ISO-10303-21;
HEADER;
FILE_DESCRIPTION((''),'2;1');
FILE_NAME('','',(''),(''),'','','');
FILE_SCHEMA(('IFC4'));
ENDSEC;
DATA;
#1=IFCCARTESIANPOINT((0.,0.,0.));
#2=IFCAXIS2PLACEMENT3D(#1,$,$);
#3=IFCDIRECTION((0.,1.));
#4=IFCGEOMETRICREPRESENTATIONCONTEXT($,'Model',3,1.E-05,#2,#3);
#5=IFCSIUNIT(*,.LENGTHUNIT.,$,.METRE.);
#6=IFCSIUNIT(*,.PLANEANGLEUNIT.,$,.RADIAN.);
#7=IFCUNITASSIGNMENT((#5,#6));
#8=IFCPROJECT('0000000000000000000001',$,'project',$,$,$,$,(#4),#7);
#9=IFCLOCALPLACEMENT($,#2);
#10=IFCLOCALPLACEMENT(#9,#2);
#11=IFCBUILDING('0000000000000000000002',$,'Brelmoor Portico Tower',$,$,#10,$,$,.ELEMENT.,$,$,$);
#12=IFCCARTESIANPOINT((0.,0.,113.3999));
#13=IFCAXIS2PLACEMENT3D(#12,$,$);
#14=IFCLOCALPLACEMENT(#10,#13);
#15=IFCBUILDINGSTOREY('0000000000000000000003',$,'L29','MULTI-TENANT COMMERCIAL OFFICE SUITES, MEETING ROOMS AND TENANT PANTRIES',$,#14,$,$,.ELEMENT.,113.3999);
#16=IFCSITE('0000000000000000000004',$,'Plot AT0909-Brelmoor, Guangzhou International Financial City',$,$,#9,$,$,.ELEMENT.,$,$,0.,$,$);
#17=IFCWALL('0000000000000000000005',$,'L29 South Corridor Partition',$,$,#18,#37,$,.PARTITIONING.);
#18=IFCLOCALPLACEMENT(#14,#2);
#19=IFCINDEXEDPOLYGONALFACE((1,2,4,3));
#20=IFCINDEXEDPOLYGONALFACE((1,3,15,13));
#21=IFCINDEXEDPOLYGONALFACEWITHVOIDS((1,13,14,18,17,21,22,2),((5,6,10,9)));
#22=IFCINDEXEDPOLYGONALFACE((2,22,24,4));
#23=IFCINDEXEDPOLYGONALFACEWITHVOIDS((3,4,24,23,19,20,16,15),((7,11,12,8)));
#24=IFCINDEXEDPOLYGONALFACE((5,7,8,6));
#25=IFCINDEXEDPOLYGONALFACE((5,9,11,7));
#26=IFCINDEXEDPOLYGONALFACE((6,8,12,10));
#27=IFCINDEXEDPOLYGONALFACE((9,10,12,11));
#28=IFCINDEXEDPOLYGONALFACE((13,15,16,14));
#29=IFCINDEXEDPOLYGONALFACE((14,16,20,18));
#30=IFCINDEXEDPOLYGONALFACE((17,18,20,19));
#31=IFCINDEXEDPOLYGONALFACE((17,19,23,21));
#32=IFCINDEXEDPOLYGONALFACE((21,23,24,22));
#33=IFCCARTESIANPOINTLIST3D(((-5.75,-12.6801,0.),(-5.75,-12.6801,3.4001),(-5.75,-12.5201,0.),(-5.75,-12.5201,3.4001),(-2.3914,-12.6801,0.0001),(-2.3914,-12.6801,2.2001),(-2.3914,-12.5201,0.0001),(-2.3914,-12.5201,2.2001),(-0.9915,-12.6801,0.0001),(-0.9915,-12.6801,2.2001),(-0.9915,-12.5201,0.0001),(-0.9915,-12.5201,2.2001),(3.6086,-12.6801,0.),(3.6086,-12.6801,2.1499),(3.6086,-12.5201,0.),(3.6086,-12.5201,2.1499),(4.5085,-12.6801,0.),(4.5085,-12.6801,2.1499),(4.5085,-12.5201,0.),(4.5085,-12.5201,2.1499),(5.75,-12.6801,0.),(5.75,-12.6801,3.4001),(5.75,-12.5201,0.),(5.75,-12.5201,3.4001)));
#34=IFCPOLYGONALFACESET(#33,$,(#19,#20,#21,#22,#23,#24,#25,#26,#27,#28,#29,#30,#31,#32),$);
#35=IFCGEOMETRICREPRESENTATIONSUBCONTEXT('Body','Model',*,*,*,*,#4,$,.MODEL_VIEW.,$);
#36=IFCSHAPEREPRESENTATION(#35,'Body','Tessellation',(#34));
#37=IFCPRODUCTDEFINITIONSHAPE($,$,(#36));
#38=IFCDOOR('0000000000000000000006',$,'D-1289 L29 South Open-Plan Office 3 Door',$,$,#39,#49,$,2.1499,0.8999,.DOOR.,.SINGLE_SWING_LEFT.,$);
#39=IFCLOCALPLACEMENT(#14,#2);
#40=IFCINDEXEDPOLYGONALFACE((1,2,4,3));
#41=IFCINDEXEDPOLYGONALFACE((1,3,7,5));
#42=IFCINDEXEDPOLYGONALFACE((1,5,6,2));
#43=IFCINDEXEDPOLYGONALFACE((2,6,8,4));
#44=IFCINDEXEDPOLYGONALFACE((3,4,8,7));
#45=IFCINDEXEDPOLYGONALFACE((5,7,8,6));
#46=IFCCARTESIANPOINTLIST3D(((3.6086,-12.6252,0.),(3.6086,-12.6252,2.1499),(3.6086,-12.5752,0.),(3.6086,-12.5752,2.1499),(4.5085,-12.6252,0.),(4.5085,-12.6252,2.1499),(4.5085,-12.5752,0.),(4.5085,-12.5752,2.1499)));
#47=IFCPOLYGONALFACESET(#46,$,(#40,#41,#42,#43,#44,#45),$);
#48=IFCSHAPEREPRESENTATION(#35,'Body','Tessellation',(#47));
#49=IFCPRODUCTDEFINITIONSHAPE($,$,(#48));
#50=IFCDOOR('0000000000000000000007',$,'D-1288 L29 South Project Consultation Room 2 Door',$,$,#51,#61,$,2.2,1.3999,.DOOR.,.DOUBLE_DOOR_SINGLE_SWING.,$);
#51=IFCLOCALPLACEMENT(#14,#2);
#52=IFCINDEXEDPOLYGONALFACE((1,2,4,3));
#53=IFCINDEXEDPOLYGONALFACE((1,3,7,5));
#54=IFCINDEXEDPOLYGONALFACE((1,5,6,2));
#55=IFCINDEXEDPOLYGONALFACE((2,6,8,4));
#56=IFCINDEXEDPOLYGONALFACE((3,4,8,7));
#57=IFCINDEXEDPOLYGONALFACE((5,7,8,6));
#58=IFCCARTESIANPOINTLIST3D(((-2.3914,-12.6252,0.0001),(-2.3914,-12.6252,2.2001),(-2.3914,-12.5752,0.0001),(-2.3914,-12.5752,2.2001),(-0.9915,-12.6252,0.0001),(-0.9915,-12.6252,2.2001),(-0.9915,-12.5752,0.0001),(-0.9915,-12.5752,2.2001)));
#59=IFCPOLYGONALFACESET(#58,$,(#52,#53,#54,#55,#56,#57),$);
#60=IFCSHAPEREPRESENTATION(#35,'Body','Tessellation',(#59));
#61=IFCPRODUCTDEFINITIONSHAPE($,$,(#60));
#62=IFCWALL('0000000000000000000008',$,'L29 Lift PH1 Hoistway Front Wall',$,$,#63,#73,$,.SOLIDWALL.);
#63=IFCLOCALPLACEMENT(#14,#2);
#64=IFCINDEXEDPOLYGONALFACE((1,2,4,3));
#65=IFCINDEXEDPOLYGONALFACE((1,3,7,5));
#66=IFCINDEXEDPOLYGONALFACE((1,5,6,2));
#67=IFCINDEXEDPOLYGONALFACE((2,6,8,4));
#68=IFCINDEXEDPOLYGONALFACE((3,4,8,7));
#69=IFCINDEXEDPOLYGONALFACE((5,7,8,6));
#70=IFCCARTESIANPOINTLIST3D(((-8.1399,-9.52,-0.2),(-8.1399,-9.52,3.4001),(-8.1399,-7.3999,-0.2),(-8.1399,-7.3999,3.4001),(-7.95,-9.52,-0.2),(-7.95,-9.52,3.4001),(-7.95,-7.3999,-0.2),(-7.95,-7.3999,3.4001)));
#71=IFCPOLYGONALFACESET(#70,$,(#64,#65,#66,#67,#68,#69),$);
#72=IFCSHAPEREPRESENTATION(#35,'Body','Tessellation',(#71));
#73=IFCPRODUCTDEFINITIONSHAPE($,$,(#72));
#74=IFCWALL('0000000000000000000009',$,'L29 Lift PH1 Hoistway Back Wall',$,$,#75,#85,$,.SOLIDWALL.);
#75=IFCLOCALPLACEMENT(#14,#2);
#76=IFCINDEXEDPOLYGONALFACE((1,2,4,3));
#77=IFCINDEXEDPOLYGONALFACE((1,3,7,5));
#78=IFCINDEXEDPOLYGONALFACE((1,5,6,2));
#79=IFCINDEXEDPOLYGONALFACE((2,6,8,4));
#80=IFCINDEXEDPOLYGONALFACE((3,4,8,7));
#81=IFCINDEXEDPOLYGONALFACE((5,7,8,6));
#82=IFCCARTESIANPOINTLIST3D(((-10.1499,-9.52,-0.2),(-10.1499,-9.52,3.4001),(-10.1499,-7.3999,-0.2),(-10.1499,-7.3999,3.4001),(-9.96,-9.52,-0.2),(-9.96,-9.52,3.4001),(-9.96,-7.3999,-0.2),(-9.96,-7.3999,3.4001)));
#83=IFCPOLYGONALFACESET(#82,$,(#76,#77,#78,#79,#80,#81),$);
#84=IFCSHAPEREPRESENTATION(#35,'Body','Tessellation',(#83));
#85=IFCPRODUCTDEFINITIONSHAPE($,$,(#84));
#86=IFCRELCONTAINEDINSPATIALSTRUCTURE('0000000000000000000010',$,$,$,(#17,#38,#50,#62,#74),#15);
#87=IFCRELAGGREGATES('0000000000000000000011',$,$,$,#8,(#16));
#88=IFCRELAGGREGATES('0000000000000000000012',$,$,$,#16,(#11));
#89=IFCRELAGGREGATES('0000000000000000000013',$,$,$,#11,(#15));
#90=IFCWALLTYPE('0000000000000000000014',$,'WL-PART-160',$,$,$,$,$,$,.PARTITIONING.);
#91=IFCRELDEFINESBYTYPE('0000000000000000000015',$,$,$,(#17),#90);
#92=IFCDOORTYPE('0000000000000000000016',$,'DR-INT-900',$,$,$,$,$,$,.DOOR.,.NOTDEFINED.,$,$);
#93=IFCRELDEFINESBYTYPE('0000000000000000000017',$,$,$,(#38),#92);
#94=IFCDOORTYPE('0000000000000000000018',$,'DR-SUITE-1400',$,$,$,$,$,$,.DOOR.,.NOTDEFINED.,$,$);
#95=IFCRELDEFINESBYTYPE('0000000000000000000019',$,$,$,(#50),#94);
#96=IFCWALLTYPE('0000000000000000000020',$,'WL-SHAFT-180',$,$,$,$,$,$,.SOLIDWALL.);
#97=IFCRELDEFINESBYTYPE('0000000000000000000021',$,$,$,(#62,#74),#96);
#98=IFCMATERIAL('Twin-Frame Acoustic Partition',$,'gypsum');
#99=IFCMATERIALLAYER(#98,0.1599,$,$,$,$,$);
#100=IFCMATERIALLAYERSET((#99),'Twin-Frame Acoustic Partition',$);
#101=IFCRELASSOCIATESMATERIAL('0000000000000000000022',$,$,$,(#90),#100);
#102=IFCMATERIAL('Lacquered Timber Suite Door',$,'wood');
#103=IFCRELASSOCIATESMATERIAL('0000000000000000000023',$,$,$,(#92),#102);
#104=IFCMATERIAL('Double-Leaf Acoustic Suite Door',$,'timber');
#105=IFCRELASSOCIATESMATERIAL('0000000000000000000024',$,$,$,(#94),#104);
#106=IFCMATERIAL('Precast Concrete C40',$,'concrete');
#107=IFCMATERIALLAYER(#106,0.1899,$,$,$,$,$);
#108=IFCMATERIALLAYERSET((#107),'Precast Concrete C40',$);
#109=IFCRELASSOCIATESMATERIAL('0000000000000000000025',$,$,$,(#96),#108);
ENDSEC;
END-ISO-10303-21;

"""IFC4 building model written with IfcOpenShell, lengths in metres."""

from ifc_helpers import new_model, si_unit, direction, frame, frame_2d, origin, place, context, subcontext, project, spatial, rectangle, extrude, material, layer, layer_set, type_object, element, fill, save


model = new_model("IFC4")

# Units and contexts
model_context = context("Model", 3, precision=1e-05, world=origin(), true_north=direction((0.0, 1.0)))
body_context = subcontext(model_context, "Body", "Model", "MODEL_VIEW")
ifc_project = project(units=[si_unit("LENGTHUNIT", "METRE"), si_unit("PLANEANGLEUNIT", "RADIAN")], contexts=[model_context])

# Site, building, storey
site_placement = place(None, origin())
site = spatial("IfcSite", under=ifc_project, at=site_placement, Name="Plot AT0909-Brelmoor, Guangzhou International Financial City", CompositionType="ELEMENT", RefElevation=0.0)
building_placement = place(site_placement, origin())
building = spatial("IfcBuilding", under=site, at=building_placement, Name="Brelmoor Portico Tower", CompositionType="ELEMENT")
storey_placement = place(building_placement, frame((0.0, 0.0, 113.3999)))
storey = spatial("IfcBuildingStorey", under=building, at=storey_placement, Name="L29", Description="MULTI-TENANT COMMERCIAL OFFICE SUITES, MEETING ROOMS AND TENANT PANTRIES", CompositionType="ELEMENT", Elevation=113.3999)

# Shared definitions
ifc_material_1 = material(Name="Lacquered Timber Suite Door", Category="wood")

# Wall, openings, doors
ifc_material_2 = material(Name="Twin-Frame Acoustic Partition", Category="gypsum")
ifc_layer_1 = layer(ifc_material_2, 0.1599)
ifc_layer_set_1 = layer_set([ifc_layer_1], Name="Twin-Frame Acoustic Partition")
wall_type_1 = type_object("IfcWallType", Name="WL-PART-160", PredefinedType="PARTITIONING", material=ifc_layer_set_1)
wall_1_placement = place(storey_placement, frame((-5.75, -12.6001, 0.0), z_axis=(0.0, 0.0, 1.0), x_axis=(1.0, 0.0, 0.0)))
wall_1 = element("IfcWall", 1, at=wall_1_placement, inside=storey, type_object=wall_type_1, Name="L29 South Corridor Partition", PredefinedType="PARTITIONING", context=body_context, shape_type="SweptSolid", body=[
    extrude(rectangle(XDim=11.5, YDim=0.1599, at=frame_2d((5.75, 0.0))), origin(), (0.0, 0.0, 1.0), 3.4001),
])
opening_1_placement = place(wall_1_placement, frame((3.3586, 0.0, 0.0)))
opening_1 = element("IfcOpeningElement", 2, at=opening_1_placement, cuts=wall_1, PredefinedType="OPENING", context=body_context, shape_type="SweptSolid", body=[
    extrude(rectangle(XDim=1.3999, YDim=2.2, at=frame_2d((0.7, 1.1001))), frame((0.0, 0.0898, 0.0), z_axis=(0.0, -1.0, 0.0), x_axis=(1.0, 0.0, 0.0)), (0.0, 0.0, 1.0), 0.1799),
])
opening_2_placement = place(wall_1_placement, frame((9.3586, 0.0, 0.0)))
opening_2 = element("IfcOpeningElement", 3, at=opening_2_placement, cuts=wall_1, PredefinedType="OPENING", context=body_context, shape_type="SweptSolid", body=[
    extrude(rectangle(XDim=0.8999, YDim=2.1499, at=frame_2d((0.45, 1.075))), frame((0.0, 0.0898, 0.0), z_axis=(0.0, -1.0, 0.0), x_axis=(1.0, 0.0, 0.0)), (0.0, 0.0, 1.0), 0.1799),
])
door_type_1 = type_object("IfcDoorType", Name="DR-INT-900", OperationType="NOTDEFINED", PredefinedType="DOOR", material=ifc_material_1)
door_1_placement = place(opening_2_placement, origin())
door_1 = element("IfcDoor", 4, at=door_1_placement, inside=storey, type_object=door_type_1, Name="D-1289 L29 South Open-Plan Office 3 Door", OperationType="SINGLE_SWING_LEFT", OverallHeight=2.1499, OverallWidth=0.8999, PredefinedType="DOOR", context=body_context, shape_type="SweptSolid", body=[
    extrude(rectangle(XDim=0.8999, YDim=2.1499, at=frame_2d((0.45, 1.075))), frame((0.0, 0.0249, 0.0), z_axis=(0.0, -1.0, 0.0), x_axis=(1.0, 0.0, 0.0)), (0.0, 0.0, 1.0), 0.05),
])
fill(opening_2, door_1)
ifc_material_3 = material(Name="Double-Leaf Acoustic Suite Door", Category="timber")
door_type_2 = type_object("IfcDoorType", Name="DR-SUITE-1400", OperationType="NOTDEFINED", PredefinedType="DOOR", material=ifc_material_3)
door_2_placement = place(opening_1_placement, origin())
door_2 = element("IfcDoor", 5, at=door_2_placement, inside=storey, type_object=door_type_2, Name="D-1288 L29 South Project Consultation Room 2 Door", OperationType="DOUBLE_DOOR_SINGLE_SWING", OverallHeight=2.2, OverallWidth=1.3999, PredefinedType="DOOR", context=body_context, shape_type="SweptSolid", body=[
    extrude(rectangle(XDim=1.3999, YDim=2.2, at=frame_2d((0.7, 1.1001))), frame((0.0, 0.0249, 0.0), z_axis=(0.0, -1.0, 0.0), x_axis=(1.0, 0.0, 0.0)), (0.0, 0.0, 1.0), 0.05),
])
fill(opening_1, door_2)

# Walls
ifc_material_4 = material(Name="Precast Concrete C40", Category="concrete")
ifc_layer_2 = layer(ifc_material_4, 0.1899)
ifc_layer_set_2 = layer_set([ifc_layer_2], Name="Precast Concrete C40")
wall_type_2 = type_object("IfcWallType", Name="WL-SHAFT-180", PredefinedType="SOLIDWALL", material=ifc_layer_set_2)
for number, where, z_axis, x_axis, name in (
    (6, (-8.0449, -9.52, -0.2), (0.0, 0.0, 1.0), (0.0, 1.0, 0.0), "L29 Lift PH1 Hoistway Front Wall"),
    (7, (-10.0549, -9.52, -0.2), (0.0, 0.0, 1.0), (0.0, 1.0, 0.0), "L29 Lift PH1 Hoistway Back Wall"),
):
    element("IfcWall", number, at=place(storey_placement, frame(where, z_axis=z_axis, x_axis=x_axis)), inside=storey, type_object=wall_type_2, Name=name, PredefinedType="SOLIDWALL", context=body_context, shape_type="SweptSolid", body=[
        extrude(rectangle(XDim=2.1201, YDim=0.1899, at=frame_2d((1.0601, 0.0))), origin(), (0.0, 0.0, 1.0), 3.6001),
    ])

save(model, "model.ifc")
